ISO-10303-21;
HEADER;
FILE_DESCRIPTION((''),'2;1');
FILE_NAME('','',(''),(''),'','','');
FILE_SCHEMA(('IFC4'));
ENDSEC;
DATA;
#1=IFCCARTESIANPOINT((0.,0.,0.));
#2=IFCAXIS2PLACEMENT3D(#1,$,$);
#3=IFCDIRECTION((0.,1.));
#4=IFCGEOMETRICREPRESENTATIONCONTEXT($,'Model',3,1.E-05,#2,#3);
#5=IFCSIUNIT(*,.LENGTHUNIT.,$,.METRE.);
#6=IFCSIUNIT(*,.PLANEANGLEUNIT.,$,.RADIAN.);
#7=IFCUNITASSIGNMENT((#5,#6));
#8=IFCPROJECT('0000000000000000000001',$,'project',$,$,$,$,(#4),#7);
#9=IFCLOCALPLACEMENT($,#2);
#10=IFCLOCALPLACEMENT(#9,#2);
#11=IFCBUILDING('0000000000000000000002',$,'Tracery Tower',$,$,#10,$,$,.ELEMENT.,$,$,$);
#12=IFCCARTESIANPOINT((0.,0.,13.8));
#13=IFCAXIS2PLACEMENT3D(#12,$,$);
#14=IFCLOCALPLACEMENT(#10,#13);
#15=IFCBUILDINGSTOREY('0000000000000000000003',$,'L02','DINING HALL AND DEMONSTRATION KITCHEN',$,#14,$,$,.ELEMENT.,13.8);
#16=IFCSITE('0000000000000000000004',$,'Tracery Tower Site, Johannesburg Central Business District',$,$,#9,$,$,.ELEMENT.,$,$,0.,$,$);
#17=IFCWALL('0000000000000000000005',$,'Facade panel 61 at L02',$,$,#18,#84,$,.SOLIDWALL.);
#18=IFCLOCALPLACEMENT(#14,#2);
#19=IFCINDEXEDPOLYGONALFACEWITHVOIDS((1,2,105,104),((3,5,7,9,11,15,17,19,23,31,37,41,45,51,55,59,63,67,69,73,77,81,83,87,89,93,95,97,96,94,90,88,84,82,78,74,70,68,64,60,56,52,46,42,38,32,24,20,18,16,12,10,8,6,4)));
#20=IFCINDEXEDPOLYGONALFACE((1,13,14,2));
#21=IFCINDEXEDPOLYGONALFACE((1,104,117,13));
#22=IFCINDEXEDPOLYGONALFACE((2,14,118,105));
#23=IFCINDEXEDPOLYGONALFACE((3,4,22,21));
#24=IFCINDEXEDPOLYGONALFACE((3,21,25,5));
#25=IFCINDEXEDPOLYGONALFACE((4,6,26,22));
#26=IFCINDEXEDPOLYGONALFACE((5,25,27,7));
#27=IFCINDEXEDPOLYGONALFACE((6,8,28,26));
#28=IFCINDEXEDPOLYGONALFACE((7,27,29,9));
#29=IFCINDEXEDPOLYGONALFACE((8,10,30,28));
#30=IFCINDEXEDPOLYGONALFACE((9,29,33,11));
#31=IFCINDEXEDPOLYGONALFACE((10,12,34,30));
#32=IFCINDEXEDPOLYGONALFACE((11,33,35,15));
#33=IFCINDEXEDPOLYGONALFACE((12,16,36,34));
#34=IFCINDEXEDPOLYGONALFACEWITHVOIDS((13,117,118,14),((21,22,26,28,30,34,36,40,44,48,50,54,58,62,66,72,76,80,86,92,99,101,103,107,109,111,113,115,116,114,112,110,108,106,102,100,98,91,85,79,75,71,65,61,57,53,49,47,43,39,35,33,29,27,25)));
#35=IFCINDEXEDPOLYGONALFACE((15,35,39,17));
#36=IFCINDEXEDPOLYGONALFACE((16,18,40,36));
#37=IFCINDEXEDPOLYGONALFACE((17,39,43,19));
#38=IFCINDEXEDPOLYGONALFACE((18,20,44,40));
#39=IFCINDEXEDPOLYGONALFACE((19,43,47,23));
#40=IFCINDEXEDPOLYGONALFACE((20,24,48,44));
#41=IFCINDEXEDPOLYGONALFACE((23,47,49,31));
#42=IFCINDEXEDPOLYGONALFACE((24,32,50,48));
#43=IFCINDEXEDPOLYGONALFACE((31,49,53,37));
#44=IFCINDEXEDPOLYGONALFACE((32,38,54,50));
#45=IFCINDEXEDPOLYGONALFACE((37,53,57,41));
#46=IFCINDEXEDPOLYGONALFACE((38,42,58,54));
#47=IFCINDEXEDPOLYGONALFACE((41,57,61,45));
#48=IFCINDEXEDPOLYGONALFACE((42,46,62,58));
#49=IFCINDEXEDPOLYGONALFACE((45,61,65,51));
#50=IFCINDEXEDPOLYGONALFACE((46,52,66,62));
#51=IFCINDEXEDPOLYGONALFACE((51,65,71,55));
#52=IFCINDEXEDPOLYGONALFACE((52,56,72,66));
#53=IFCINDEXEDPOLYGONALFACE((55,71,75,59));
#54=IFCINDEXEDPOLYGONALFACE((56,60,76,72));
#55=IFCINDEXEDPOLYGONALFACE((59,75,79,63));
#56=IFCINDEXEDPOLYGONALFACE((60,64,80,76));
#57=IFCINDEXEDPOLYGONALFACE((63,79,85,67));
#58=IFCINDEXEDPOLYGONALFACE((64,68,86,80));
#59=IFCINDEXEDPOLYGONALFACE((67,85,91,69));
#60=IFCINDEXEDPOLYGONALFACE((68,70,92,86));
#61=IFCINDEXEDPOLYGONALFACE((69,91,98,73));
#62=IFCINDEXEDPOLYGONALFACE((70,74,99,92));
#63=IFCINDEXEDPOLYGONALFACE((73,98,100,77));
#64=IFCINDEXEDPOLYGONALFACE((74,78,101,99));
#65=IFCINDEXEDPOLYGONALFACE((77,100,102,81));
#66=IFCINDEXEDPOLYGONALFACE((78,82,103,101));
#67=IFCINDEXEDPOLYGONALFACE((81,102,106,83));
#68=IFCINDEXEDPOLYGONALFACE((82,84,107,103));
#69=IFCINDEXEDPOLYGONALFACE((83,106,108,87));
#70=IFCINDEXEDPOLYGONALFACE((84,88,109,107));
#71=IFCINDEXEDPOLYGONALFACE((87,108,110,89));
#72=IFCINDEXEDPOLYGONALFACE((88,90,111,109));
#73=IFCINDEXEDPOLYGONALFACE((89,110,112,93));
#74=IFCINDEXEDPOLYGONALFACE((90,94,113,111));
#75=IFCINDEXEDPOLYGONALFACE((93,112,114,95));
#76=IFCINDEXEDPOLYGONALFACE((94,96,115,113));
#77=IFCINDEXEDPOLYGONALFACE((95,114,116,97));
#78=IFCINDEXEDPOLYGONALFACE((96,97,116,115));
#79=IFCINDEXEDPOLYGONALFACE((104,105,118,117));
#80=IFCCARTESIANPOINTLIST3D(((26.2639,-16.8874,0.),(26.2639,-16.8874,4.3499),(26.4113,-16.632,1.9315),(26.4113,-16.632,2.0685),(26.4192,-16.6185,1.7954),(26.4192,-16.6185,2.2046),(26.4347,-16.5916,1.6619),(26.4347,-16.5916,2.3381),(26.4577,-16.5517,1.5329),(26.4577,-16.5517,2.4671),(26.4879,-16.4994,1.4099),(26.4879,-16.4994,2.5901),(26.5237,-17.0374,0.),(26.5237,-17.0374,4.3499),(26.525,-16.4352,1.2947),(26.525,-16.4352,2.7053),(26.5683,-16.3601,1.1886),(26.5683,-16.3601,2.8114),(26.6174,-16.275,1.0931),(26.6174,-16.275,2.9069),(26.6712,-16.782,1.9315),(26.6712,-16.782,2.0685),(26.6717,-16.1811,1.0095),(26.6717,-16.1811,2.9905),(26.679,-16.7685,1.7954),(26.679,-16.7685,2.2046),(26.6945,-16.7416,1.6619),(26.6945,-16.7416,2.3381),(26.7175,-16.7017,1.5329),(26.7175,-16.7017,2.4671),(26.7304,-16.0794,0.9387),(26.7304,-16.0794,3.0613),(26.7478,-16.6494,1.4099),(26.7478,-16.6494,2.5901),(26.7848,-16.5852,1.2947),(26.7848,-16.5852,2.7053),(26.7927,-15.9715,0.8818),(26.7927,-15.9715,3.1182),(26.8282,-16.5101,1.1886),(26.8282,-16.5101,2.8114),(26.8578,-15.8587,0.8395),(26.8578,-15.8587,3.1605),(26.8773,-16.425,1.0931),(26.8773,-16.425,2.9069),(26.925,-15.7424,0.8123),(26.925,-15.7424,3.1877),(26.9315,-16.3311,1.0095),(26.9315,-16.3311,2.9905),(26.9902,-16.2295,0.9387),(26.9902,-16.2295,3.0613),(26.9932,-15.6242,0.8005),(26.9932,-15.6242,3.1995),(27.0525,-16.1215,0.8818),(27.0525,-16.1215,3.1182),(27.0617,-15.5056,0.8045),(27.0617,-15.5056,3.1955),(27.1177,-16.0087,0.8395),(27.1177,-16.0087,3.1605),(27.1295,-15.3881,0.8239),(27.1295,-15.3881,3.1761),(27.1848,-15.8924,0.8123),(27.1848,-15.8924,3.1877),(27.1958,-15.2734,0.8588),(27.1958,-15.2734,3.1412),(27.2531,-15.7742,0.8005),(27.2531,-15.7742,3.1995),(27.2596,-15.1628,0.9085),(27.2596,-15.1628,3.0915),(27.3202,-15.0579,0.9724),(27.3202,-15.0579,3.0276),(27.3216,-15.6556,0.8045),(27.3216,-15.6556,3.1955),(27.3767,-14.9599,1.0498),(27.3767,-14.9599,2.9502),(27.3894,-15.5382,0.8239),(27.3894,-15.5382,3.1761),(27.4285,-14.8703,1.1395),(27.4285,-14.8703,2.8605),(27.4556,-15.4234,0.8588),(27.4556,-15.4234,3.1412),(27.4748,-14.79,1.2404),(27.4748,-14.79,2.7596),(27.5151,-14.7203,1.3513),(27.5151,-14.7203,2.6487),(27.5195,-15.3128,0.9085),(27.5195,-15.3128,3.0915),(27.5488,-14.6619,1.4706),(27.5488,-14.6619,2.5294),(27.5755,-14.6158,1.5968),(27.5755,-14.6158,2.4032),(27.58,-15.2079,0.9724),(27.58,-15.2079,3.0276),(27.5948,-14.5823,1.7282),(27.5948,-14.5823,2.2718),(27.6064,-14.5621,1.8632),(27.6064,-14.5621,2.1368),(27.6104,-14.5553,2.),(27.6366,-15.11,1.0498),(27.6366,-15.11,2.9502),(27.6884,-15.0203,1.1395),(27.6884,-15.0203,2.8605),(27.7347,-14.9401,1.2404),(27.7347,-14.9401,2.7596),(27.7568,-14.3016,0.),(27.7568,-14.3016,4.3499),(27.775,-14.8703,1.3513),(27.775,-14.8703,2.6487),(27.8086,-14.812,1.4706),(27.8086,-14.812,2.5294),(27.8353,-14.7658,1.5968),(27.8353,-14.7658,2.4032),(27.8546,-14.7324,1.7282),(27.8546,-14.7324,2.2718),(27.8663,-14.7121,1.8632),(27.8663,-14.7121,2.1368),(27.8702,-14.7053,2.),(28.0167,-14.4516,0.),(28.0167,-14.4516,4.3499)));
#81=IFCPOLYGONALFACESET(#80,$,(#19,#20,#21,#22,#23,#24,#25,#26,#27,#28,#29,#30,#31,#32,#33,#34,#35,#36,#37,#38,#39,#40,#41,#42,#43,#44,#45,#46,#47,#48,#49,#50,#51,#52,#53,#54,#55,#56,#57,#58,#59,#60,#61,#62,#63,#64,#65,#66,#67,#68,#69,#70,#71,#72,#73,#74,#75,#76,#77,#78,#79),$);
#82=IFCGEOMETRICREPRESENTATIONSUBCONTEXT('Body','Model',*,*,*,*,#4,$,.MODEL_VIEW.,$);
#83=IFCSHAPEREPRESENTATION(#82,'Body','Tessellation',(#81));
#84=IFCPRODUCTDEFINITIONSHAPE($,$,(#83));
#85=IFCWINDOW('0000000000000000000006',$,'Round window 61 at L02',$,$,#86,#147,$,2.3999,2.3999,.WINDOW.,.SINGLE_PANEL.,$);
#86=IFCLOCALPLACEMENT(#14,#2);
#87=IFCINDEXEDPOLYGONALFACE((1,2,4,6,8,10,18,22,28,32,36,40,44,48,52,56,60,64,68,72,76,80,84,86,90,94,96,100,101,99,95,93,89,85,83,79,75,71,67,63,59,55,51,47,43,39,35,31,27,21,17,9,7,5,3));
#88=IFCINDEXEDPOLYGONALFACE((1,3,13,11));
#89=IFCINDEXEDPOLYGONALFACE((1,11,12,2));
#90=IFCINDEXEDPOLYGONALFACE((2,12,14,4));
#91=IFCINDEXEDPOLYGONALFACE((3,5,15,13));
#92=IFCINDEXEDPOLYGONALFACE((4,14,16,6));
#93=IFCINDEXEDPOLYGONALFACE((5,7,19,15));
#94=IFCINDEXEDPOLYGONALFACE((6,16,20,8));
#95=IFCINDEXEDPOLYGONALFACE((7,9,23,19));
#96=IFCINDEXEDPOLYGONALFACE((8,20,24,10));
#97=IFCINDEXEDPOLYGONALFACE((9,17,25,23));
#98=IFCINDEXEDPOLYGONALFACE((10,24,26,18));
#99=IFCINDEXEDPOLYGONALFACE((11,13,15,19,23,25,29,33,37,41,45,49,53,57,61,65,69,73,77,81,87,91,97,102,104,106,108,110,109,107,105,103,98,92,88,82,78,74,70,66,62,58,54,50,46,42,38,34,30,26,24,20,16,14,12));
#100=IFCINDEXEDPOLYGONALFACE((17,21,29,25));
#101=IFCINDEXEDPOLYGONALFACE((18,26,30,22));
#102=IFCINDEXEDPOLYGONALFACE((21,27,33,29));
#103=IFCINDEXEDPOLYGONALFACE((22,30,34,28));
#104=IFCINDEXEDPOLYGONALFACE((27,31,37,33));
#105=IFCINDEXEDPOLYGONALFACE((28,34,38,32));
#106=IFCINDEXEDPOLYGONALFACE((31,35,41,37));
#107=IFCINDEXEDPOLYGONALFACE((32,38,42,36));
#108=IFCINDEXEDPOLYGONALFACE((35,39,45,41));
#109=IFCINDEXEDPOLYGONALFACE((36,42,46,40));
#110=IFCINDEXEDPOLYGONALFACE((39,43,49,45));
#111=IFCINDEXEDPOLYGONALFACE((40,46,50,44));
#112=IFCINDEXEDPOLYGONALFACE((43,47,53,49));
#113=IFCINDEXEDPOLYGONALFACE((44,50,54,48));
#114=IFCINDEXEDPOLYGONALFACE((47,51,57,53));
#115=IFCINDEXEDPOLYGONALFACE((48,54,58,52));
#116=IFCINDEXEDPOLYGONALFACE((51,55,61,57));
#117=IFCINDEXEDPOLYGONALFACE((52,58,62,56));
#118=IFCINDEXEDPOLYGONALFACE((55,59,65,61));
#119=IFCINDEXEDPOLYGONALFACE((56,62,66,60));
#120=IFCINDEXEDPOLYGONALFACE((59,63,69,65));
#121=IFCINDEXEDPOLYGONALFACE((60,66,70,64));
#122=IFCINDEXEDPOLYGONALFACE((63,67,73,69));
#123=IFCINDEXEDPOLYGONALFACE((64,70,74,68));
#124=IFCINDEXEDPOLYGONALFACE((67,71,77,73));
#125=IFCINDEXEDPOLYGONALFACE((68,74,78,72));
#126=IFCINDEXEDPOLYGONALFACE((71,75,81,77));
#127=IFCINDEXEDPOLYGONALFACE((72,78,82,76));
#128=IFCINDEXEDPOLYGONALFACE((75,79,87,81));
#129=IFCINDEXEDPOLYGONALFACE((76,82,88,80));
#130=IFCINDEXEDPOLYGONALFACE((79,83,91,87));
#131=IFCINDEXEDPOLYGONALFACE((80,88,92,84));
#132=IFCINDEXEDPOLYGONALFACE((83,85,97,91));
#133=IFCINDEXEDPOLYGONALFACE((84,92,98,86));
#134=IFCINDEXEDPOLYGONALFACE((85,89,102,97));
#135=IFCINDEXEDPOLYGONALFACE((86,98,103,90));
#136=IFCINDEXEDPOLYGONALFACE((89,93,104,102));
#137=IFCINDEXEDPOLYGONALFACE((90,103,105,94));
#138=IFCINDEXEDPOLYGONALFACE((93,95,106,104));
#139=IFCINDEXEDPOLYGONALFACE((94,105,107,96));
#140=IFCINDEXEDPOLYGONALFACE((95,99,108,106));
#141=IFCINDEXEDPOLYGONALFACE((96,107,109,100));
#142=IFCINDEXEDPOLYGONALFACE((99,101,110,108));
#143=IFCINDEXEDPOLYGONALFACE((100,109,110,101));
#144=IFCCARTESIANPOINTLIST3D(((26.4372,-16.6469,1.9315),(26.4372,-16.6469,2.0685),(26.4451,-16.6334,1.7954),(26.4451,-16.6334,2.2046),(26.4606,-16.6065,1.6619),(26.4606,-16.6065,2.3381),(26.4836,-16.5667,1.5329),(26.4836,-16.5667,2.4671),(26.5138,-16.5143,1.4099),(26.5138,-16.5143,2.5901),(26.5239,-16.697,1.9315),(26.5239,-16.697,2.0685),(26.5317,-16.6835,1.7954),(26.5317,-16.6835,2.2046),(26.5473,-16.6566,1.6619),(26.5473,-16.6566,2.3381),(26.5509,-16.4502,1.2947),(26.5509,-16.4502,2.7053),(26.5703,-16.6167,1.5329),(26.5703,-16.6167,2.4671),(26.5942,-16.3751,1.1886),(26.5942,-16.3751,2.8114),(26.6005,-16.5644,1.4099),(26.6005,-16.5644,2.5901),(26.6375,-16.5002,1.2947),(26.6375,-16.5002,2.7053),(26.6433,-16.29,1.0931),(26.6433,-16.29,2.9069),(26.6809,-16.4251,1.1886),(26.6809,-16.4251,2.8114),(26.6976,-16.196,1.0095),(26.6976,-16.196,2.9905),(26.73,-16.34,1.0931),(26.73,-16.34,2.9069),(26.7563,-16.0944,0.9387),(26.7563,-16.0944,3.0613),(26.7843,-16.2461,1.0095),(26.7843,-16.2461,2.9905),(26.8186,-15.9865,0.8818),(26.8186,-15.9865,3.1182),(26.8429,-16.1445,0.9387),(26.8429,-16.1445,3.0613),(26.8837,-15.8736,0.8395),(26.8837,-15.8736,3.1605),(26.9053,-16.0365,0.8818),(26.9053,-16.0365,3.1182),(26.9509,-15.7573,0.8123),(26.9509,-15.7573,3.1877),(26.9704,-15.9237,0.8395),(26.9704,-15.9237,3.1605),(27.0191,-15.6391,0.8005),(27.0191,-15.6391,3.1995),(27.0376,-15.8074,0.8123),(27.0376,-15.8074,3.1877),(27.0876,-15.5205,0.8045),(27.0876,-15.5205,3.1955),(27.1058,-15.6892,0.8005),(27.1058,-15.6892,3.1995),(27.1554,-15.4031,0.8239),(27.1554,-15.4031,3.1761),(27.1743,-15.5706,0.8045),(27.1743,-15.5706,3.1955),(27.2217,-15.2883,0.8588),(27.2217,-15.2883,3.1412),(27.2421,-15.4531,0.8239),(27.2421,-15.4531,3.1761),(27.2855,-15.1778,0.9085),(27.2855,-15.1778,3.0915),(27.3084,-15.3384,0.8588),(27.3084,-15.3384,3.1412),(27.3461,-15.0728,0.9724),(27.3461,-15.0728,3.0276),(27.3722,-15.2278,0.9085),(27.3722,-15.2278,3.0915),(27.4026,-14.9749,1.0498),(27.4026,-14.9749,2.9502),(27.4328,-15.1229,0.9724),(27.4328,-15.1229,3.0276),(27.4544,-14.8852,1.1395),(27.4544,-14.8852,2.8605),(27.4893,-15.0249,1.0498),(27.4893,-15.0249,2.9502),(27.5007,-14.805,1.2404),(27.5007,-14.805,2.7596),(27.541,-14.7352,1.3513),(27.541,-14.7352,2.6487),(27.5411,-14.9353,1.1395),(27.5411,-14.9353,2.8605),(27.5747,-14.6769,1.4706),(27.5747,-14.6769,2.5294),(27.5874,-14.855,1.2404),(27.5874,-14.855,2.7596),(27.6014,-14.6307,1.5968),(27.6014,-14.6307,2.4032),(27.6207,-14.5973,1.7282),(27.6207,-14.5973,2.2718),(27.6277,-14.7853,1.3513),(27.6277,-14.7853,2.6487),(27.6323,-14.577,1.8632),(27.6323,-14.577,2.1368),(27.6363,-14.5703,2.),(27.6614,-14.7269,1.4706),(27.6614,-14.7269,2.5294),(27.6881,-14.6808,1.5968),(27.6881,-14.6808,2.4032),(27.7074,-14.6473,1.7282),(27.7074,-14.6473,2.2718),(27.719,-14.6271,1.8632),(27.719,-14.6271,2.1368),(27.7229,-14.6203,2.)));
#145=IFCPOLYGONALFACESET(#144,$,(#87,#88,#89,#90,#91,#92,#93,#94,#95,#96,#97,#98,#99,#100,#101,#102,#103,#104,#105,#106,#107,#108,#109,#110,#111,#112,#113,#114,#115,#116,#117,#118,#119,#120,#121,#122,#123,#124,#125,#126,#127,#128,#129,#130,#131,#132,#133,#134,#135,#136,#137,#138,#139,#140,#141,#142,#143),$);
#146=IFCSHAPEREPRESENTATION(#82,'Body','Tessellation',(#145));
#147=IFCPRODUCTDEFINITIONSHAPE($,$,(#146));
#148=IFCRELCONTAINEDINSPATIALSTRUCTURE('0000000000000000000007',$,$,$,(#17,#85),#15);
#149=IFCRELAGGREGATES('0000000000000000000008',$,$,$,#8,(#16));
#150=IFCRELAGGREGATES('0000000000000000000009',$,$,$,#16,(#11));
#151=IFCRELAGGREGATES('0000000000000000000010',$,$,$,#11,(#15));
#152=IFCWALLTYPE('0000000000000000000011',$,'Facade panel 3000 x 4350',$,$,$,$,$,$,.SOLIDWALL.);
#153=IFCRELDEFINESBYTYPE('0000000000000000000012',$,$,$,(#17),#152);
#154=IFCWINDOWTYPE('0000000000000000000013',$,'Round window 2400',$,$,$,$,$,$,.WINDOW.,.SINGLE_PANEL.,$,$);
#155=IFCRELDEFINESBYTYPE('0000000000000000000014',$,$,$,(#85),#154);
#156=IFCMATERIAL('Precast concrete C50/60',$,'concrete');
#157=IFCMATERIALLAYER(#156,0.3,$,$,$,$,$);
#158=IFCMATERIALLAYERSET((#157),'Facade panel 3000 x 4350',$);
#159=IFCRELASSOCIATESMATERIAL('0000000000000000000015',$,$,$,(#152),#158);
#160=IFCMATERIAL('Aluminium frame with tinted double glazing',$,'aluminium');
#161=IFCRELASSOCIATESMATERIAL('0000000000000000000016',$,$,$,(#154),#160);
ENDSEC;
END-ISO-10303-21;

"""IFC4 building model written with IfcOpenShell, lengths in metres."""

from ifc_helpers import new_model, si_unit, direction, frame, frame_2d, origin, origin_2d, place, context, subcontext, project, spatial, rectangle, circle, extrude, material, layer, layer_set, type_object, element, fill, save


model = new_model("IFC4")

# Units and contexts
model_context = context("Model", 3, precision=1e-05, world=origin(), true_north=direction((0.0, 1.0)))
body_context = subcontext(model_context, "Body", "Model", "MODEL_VIEW")
ifc_project = project(units=[si_unit("LENGTHUNIT", "METRE"), si_unit("PLANEANGLEUNIT", "RADIAN")], contexts=[model_context])

# Site, building, storey
site_placement = place(None, origin())
site = spatial("IfcSite", under=ifc_project, at=site_placement, Name="Tracery Tower Site, Johannesburg Central Business District", CompositionType="ELEMENT", RefElevation=0.0)
building_placement = place(site_placement, origin())
building = spatial("IfcBuilding", under=site, at=building_placement, Name="Tracery Tower", CompositionType="ELEMENT")
storey_placement = place(building_placement, frame((0.0, 0.0, 13.8)))
storey = spatial("IfcBuildingStorey", under=building, at=storey_placement, Name="L02", Description="DINING HALL AND DEMONSTRATION KITCHEN", CompositionType="ELEMENT", Elevation=13.8)

# Wall, opening, window
ifc_material_1 = material(Name="Precast concrete C50/60", Category="concrete")
ifc_layer_1 = layer(ifc_material_1, 0.3)
ifc_layer_set_1 = layer_set([ifc_layer_1], Name="Facade panel 3000 x 4350")
wall_type_1 = type_object("IfcWallType", Name="Facade panel 3000 x 4350", PredefinedType="SOLIDWALL", material=ifc_layer_set_1)
ifc_material_2 = material(Name="Aluminium frame with tinted double glazing", Category="aluminium")
window_type = type_object("IfcWindowType", Name="Round window 2400", PartitioningType="SINGLE_PANEL", PredefinedType="WINDOW", material=ifc_material_2)
wall_1_placement = place(storey_placement, frame((26.3938, -16.9624, 0.0), z_axis=(0.0, 0.0, 1.0), x_axis=(0.500017, 0.866015, 0.0)))
wall_1 = element("IfcWall", 1, at=wall_1_placement, inside=storey, type_object=wall_type_1, Name="Facade panel 61 at L02", PredefinedType="SOLIDWALL", context=body_context, shape_type="SweptSolid", body=[
    extrude(rectangle(XDim=2.9858, YDim=0.3, at=frame_2d((1.4929, 0.0))), origin(), (0.0, 0.0, 1.0), 4.3499),
])
opening_1_placement = place(wall_1_placement, frame((1.4929, 0.0, 2.0)))
opening_1 = element("IfcOpeningElement", 2, at=opening_1_placement, cuts=wall_1, PredefinedType="OPENING", context=body_context, shape_type="SweptSolid", body=[
    extrude(circle(Radius=1.2, at=origin_2d()), frame((0.0, 0.1599, 0.0), z_axis=(0.0, -1.0, 0.0), x_axis=(1.0, 0.0, 0.0)), (0.0, 0.0, 1.0), 0.3201),
])
window_1_placement = place(opening_1_placement, origin())
window_1 = element("IfcWindow", 3, at=window_1_placement, inside=storey, type_object=window_type, Name="Round window 61 at L02", OverallHeight=2.3999, OverallWidth=2.3999, PartitioningType="SINGLE_PANEL", PredefinedType="WINDOW", context=body_context, shape_type="SweptSolid", body=[
    extrude(circle(Radius=1.2, at=origin_2d()), frame((0.0, 0.1201, 0.0), z_axis=(0.0, -1.0, 0.0), x_axis=(1.0, 0.0, 0.0)), (0.0, 0.0, 1.0), 0.1001),
])
fill(opening_1, window_1)

save(model, "model.ifc")
